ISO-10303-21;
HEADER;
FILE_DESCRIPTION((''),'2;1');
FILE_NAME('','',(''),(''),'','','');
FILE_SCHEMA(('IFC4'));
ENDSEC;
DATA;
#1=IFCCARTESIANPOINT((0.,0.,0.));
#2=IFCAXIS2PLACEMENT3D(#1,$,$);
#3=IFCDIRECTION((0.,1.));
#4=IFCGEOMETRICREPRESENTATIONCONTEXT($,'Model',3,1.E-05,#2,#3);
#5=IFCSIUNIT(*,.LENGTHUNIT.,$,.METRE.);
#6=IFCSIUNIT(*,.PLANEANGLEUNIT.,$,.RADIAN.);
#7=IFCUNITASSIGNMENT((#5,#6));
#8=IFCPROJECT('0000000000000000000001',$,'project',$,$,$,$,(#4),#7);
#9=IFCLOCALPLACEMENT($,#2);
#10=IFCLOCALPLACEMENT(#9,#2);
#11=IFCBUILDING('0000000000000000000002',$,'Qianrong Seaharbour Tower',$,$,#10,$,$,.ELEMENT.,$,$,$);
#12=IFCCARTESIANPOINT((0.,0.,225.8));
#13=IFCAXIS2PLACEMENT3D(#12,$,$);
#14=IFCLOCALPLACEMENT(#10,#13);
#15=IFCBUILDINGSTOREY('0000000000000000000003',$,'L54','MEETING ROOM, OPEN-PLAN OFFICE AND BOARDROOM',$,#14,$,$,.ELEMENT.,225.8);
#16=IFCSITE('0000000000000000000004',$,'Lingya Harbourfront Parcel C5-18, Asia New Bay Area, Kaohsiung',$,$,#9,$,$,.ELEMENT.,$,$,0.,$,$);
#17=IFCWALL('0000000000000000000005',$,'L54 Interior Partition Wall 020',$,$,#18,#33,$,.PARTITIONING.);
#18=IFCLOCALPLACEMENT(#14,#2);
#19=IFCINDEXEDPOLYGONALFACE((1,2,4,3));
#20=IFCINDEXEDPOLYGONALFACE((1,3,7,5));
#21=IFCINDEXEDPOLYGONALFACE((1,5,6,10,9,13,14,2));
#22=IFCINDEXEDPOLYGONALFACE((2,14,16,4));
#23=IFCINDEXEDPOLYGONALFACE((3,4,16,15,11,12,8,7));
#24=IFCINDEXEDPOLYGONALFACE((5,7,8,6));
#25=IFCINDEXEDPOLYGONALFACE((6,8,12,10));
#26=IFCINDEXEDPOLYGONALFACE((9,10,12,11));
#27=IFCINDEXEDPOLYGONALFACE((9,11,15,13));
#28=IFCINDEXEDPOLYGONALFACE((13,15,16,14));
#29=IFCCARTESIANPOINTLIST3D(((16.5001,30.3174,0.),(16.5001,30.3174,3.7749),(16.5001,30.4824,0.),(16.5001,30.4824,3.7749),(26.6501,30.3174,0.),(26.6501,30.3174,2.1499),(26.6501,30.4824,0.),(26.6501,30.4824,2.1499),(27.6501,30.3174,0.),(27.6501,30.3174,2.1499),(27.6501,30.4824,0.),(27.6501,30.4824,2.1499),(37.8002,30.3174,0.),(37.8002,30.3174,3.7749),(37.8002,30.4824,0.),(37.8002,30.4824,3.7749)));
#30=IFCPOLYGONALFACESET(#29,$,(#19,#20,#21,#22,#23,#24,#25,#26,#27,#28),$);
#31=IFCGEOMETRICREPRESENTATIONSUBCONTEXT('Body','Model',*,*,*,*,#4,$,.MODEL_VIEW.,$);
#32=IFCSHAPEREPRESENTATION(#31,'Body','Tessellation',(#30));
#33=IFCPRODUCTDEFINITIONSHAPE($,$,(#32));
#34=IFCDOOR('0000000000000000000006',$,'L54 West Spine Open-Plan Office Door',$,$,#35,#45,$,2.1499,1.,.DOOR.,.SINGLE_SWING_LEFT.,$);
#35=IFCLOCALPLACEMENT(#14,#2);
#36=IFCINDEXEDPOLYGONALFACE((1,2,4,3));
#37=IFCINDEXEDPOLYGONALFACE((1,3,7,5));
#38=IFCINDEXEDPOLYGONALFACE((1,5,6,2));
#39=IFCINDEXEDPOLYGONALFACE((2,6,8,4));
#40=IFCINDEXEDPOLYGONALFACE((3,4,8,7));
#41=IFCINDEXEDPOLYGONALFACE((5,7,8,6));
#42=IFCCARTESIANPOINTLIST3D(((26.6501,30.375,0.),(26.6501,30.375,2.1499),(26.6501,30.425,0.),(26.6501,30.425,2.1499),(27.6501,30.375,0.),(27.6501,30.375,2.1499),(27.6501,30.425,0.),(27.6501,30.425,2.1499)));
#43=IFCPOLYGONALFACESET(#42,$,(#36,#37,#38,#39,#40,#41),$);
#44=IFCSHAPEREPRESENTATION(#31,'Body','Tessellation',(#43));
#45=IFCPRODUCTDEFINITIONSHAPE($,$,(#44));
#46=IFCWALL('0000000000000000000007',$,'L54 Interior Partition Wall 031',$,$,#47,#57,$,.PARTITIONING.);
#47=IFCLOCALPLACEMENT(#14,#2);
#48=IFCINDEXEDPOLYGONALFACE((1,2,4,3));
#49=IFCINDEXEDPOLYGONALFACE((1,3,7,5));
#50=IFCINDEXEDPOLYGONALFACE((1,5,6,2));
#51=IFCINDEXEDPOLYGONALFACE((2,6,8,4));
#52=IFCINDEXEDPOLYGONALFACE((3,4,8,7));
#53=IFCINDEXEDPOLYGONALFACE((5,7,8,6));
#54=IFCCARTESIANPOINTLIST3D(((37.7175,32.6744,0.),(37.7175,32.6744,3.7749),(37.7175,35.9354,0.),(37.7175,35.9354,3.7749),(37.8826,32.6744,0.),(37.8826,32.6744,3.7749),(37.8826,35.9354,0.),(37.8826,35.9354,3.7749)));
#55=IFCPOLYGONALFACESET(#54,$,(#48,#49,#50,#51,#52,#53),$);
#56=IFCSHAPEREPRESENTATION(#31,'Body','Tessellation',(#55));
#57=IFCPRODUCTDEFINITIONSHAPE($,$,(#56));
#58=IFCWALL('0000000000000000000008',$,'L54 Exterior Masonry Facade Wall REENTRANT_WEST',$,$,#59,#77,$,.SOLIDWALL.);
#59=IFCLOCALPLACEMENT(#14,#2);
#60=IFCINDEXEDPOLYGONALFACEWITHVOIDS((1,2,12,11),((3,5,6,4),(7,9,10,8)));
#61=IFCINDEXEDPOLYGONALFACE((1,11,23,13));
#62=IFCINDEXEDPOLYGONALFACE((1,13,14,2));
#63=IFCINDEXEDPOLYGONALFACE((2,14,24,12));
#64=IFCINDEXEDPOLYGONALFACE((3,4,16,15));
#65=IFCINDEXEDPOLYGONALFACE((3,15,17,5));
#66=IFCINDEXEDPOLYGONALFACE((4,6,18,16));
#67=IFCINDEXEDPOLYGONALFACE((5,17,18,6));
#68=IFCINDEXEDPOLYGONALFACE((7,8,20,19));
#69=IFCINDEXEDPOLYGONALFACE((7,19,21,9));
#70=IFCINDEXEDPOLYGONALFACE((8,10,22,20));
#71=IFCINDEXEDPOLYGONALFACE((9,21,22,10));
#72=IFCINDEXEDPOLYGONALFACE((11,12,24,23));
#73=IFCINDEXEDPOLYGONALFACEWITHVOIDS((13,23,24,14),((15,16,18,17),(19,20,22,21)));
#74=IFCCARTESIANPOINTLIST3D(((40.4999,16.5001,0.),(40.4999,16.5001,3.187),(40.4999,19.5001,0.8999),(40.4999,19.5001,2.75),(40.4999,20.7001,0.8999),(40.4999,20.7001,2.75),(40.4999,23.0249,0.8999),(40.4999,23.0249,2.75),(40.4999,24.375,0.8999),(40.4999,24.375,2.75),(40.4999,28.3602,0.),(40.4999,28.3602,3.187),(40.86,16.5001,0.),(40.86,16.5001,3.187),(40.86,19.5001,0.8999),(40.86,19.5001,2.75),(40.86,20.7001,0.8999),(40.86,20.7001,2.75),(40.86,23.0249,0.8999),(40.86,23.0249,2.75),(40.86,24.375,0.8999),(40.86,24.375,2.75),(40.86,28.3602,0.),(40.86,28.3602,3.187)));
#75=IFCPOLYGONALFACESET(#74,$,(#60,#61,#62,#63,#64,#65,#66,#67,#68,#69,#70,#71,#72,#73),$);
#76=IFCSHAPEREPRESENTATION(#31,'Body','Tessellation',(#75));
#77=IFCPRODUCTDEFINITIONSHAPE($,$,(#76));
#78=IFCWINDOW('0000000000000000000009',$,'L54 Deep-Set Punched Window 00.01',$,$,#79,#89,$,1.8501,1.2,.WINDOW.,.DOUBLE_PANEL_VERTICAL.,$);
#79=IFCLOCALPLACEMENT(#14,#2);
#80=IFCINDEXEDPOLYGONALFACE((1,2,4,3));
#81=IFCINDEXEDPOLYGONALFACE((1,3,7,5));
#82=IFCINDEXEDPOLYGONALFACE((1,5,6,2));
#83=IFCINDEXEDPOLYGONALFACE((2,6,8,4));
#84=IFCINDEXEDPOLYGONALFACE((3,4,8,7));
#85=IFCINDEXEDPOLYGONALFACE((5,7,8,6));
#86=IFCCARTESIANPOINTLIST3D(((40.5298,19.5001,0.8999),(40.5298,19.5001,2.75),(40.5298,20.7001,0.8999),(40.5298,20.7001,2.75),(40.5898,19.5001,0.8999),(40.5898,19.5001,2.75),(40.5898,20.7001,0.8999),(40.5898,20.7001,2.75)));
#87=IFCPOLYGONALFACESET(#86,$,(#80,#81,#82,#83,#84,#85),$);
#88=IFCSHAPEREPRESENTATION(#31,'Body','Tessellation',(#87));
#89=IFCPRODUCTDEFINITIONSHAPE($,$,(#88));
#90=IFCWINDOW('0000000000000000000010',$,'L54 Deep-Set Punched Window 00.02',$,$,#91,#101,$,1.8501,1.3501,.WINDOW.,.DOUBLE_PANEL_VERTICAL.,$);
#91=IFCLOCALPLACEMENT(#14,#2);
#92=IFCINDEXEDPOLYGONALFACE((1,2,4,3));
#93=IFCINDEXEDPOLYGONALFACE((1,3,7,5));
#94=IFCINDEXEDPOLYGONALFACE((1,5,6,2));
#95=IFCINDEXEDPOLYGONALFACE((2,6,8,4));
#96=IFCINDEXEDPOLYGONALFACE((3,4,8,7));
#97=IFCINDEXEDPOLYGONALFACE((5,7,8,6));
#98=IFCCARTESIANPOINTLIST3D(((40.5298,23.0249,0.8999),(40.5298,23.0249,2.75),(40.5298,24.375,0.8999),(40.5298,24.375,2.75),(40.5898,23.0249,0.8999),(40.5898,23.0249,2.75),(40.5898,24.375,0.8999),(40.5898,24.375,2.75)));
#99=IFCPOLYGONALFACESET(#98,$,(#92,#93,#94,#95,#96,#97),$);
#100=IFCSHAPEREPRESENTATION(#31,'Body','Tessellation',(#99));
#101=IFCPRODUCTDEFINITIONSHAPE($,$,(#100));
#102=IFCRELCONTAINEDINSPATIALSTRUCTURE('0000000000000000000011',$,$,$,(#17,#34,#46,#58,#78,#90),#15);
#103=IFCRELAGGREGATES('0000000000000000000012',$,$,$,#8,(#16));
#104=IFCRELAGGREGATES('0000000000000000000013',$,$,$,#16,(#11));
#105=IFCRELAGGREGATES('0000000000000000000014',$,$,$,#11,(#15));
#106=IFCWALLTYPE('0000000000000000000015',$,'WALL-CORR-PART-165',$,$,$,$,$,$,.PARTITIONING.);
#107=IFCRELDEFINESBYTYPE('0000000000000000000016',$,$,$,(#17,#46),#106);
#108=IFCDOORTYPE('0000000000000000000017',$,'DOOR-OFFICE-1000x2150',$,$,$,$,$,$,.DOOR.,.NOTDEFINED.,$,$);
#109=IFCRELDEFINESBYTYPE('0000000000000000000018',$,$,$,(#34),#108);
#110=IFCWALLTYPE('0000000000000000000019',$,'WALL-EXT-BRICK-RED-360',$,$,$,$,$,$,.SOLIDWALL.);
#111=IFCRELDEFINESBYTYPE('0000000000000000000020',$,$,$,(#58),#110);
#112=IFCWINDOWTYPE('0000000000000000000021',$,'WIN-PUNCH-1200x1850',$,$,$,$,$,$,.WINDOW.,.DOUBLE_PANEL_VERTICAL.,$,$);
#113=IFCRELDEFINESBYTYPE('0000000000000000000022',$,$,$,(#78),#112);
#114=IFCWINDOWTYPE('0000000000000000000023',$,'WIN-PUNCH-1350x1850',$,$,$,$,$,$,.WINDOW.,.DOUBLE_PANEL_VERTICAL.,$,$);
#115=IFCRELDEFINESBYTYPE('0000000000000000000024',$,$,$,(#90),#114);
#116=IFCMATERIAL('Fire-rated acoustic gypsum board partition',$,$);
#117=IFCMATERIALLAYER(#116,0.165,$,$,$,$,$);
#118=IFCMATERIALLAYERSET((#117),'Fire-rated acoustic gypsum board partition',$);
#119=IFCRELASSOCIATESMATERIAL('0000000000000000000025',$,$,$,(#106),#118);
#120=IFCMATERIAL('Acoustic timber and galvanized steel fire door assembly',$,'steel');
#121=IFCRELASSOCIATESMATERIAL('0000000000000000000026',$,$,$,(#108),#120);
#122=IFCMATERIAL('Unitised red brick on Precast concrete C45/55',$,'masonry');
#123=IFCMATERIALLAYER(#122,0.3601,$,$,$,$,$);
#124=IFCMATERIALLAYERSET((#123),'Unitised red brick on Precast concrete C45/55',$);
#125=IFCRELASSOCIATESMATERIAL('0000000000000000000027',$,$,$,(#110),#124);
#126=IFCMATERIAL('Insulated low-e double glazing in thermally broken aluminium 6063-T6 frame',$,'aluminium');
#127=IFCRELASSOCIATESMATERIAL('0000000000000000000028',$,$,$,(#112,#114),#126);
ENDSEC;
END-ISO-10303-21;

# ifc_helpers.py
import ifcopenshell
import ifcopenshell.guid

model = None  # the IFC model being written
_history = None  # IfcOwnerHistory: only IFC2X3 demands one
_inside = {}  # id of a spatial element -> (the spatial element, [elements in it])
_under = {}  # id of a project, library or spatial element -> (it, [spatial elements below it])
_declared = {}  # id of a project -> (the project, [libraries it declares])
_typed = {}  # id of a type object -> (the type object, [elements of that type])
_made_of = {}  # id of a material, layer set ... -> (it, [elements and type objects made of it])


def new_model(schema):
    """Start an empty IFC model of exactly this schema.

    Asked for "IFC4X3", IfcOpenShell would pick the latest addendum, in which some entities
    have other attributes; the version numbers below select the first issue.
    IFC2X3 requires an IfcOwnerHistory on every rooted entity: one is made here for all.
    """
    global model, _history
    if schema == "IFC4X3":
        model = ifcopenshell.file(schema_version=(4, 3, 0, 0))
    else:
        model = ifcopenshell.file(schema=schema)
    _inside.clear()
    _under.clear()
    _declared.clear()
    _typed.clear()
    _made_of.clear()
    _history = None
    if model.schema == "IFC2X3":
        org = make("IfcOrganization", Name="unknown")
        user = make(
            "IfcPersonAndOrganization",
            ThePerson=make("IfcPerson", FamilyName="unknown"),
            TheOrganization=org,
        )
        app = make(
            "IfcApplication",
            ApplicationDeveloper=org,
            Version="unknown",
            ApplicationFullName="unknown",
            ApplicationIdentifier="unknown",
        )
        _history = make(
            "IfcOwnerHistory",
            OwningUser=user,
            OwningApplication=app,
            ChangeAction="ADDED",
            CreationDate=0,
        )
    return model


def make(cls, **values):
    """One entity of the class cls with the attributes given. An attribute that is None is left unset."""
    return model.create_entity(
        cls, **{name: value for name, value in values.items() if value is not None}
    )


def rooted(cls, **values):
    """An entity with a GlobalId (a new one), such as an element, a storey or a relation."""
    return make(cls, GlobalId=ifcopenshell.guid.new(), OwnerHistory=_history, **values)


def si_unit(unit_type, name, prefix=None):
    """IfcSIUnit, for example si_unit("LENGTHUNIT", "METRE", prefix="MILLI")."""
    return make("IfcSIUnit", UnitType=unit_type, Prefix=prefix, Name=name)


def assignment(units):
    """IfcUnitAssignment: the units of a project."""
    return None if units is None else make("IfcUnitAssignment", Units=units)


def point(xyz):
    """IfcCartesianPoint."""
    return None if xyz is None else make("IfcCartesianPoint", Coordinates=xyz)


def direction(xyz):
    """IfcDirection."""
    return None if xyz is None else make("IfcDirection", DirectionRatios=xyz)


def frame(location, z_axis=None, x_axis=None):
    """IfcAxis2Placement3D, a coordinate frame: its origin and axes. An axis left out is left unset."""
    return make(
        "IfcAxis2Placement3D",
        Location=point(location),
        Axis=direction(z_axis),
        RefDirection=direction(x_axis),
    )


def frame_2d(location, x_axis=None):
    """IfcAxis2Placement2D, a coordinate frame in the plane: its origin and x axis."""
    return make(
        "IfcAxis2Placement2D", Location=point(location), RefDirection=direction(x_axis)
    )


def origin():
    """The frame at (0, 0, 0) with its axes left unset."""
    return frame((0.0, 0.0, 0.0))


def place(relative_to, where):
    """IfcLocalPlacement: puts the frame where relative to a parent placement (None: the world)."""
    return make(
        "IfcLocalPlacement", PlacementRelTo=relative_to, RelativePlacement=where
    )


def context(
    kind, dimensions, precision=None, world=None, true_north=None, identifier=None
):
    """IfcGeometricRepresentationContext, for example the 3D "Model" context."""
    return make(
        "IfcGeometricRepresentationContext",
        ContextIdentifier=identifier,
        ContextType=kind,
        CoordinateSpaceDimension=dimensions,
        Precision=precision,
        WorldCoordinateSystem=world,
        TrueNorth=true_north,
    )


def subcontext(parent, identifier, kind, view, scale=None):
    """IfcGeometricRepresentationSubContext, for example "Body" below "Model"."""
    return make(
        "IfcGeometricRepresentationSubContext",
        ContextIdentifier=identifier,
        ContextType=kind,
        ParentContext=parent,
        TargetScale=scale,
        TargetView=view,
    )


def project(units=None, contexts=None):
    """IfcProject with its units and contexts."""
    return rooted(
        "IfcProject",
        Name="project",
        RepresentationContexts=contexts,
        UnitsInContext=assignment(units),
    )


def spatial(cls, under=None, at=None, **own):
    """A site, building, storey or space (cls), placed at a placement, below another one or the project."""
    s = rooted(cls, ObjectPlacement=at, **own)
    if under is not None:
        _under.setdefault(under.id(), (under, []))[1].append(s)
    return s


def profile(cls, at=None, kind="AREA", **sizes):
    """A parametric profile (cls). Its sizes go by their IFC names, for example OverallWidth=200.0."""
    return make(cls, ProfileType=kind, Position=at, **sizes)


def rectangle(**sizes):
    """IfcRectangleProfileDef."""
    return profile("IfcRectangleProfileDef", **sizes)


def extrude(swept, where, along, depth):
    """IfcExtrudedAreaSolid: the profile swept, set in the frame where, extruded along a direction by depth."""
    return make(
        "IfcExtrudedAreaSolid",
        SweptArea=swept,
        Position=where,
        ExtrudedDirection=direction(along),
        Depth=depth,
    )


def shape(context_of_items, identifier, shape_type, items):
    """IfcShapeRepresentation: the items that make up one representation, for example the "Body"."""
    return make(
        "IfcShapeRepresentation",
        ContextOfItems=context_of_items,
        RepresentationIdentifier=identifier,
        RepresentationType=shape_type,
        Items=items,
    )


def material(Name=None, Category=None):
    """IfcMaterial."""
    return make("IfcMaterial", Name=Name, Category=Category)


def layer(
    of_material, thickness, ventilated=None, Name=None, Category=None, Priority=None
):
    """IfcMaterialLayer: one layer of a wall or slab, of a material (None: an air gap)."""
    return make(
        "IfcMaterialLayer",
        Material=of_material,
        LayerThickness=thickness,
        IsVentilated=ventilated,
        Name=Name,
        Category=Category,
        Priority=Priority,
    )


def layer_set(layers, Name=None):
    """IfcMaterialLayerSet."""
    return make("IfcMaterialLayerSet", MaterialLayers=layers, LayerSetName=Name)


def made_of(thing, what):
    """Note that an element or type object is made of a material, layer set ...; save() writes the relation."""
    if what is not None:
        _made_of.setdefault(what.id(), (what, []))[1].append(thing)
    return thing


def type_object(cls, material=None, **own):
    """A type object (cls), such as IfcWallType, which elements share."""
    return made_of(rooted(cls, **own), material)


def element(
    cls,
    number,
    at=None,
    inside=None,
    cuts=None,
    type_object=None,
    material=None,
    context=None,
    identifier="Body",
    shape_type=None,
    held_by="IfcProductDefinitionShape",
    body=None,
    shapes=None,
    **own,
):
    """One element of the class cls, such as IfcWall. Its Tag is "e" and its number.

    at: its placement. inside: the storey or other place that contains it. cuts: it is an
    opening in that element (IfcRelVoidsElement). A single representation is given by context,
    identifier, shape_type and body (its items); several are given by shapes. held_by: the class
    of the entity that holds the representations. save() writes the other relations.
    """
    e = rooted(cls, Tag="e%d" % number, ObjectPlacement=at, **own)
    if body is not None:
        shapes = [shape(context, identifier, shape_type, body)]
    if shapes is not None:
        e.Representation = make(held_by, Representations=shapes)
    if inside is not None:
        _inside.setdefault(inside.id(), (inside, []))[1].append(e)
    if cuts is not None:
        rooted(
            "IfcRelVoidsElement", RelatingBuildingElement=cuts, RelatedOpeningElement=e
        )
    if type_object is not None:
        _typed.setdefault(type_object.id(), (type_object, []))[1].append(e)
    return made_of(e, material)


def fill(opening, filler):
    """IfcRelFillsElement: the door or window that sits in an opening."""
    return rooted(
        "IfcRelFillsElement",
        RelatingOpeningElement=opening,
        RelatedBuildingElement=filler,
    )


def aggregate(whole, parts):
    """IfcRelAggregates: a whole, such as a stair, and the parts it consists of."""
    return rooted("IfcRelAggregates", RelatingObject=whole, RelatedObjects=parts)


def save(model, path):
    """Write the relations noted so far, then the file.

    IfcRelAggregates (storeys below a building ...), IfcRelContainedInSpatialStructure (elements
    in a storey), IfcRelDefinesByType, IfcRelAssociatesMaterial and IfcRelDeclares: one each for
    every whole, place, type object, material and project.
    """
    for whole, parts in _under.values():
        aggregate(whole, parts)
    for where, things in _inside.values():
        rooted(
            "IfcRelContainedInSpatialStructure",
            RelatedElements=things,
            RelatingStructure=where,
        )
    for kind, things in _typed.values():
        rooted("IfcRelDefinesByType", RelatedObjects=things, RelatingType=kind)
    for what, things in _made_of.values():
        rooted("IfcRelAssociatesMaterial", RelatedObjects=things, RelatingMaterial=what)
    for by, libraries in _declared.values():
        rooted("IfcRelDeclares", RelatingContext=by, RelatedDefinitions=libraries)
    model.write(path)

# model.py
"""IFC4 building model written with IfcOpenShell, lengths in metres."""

from ifc_helpers import new_model, si_unit, direction, frame, frame_2d, origin, place, context, subcontext, project, spatial, rectangle, extrude, material, layer, layer_set, type_object, element, fill, save


model = new_model("IFC4")

# Units and contexts
model_context = context("Model", 3, precision=1e-05, world=origin(), true_north=direction((0.0, 1.0)))
body_context = subcontext(model_context, "Body", "Model", "MODEL_VIEW")
ifc_project = project(units=[si_unit("LENGTHUNIT", "METRE"), si_unit("PLANEANGLEUNIT", "RADIAN")], contexts=[model_context])

# Site, building, storey
site_placement = place(None, origin())
site = spatial("IfcSite", under=ifc_project, at=site_placement, Name="Lingya Harbourfront Parcel C5-18, Asia New Bay Area, Kaohsiung", CompositionType="ELEMENT", RefElevation=0.0)
building_placement = place(site_placement, origin())
building = spatial("IfcBuilding", under=site, at=building_placement, Name="Qianrong Seaharbour Tower", CompositionType="ELEMENT")
storey_placement = place(building_placement, frame((0.0, 0.0, 225.8)))
storey = spatial("IfcBuildingStorey", under=building, at=storey_placement, Name="L54", Description="MEETING ROOM, OPEN-PLAN OFFICE AND BOARDROOM", CompositionType="ELEMENT", Elevation=225.8)

# Wall, opening, door
ifc_material_1 = material(Name="Fire-rated acoustic gypsum board partition")
ifc_layer_1 = layer(ifc_material_1, 0.165)
ifc_layer_set_1 = layer_set([ifc_layer_1], Name="Fire-rated acoustic gypsum board partition")
wall_type_1 = type_object("IfcWallType", Name="WALL-CORR-PART-165", PredefinedType="PARTITIONING", material=ifc_layer_set_1)
wall_1_placement = place(storey_placement, frame((37.8, 30.3999, 0.0), z_axis=(0.0, 0.0, 1.0), x_axis=(-1.0, 0.0, 0.0)))
wall_1 = element("IfcWall", 1, at=wall_1_placement, inside=storey, type_object=wall_type_1, Name="L54 Interior Partition Wall 020", PredefinedType="PARTITIONING", context=body_context, shape_type="SweptSolid", body=[
    extrude(rectangle(XDim=21.3, YDim=0.165, at=frame_2d((10.6499, 0.0))), origin(), (0.0, 0.0, 1.0), 3.7749),
])
opening_1_placement = place(wall_1_placement, frame((10.1499, 0.0, 0.0)))
opening_1 = element("IfcOpeningElement", 2, at=opening_1_placement, cuts=wall_1, PredefinedType="OPENING", context=body_context, shape_type="SweptSolid", body=[
    extrude(rectangle(XDim=1.0, YDim=2.1499, at=frame_2d((0.5, 1.075))), frame((0.0, 0.0925, 0.0), z_axis=(0.0, -1.0, 0.0), x_axis=(1.0, 0.0, 0.0)), (0.0, 0.0, 1.0), 0.1851),
])
ifc_material_2 = material(Name="Acoustic timber and galvanized steel fire door assembly", Category="steel")
door_type = type_object("IfcDoorType", Name="DOOR-OFFICE-1000x2150", OperationType="NOTDEFINED", PredefinedType="DOOR", material=ifc_material_2)
door_placement = place(opening_1_placement, origin())
door = element("IfcDoor", 3, at=door_placement, inside=storey, type_object=door_type, Name="L54 West Spine Open-Plan Office Door", OperationType="SINGLE_SWING_LEFT", OverallHeight=2.1499, OverallWidth=1.0, PredefinedType="DOOR", context=body_context, shape_type="SweptSolid", body=[
    extrude(rectangle(XDim=1.0, YDim=2.1499, at=frame_2d((0.5, 1.075))), frame((0.0, 0.0249, 0.0), z_axis=(0.0, -1.0, 0.0), x_axis=(1.0, 0.0, 0.0)), (0.0, 0.0, 1.0), 0.05),
])
fill(opening_1, door)

# Wall
wall_2_placement = place(storey_placement, frame((37.8, 32.6746, 0.0), z_axis=(0.0, 0.0, 1.0), x_axis=(0.0, 1.0, 0.0)))
element("IfcWall", 4, at=wall_2_placement, inside=storey, type_object=wall_type_1, Name="L54 Interior Partition Wall 031", PredefinedType="PARTITIONING", context=body_context, shape_type="SweptSolid", body=[
    extrude(rectangle(XDim=3.261, YDim=0.165, at=frame_2d((1.6304, 0.0))), origin(), (0.0, 0.0, 1.0), 3.7749),
])

# Wall, openings, windows
ifc_material_3 = material(Name="Unitised red brick on Precast concrete C45/55", Category="masonry")
ifc_layer_2 = layer(ifc_material_3, 0.3601)
ifc_layer_set_2 = layer_set([ifc_layer_2], Name="Unitised red brick on Precast concrete C45/55")
wall_type_2 = type_object("IfcWallType", Name="WALL-EXT-BRICK-RED-360", PredefinedType="SOLIDWALL", material=ifc_layer_set_2)
wall_3_placement = place(storey_placement, frame((40.6799, 16.5, 0.0), z_axis=(0.0, 0.0, 1.0), x_axis=(0.0, 1.0, 0.0)))
wall_3 = element("IfcWall", 5, at=wall_3_placement, inside=storey, type_object=wall_type_2, Name="L54 Exterior Masonry Facade Wall REENTRANT_WEST", PredefinedType="SOLIDWALL", context=body_context, shape_type="SweptSolid", body=[
    extrude(rectangle(XDim=11.8601, YDim=0.3601, at=frame_2d((5.9302, 0.0))), origin(), (0.0, 0.0, 1.0), 3.187),
])
opening_2_placement = place(wall_3_placement, frame((3.0, 0.0, 0.8999)))
opening_2 = element("IfcOpeningElement", 6, at=opening_2_placement, cuts=wall_3, PredefinedType="OPENING", context=body_context, shape_type="SweptSolid", body=[
    extrude(rectangle(XDim=1.2, YDim=1.8501, at=frame_2d((0.6001, 0.925))), frame((0.0, 0.1899, 0.0), z_axis=(0.0, -1.0, 0.0), x_axis=(1.0, 0.0, 0.0)), (0.0, 0.0, 1.0), 0.3801),
])
opening_3_placement = place(wall_3_placement, frame((6.5249, 0.0, 0.8999)))
opening_3 = element("IfcOpeningElement", 7, at=opening_3_placement, cuts=wall_3, PredefinedType="OPENING", context=body_context, shape_type="SweptSolid", body=[
    extrude(rectangle(XDim=1.3501, YDim=1.8501, at=frame_2d((0.675, 0.925))), frame((0.0, 0.1899, 0.0), z_axis=(0.0, -1.0, 0.0), x_axis=(1.0, 0.0, 0.0)), (0.0, 0.0, 1.0), 0.3801),
])
ifc_material_4 = material(Name="Insulated low-e double glazing in thermally broken aluminium 6063-T6 frame", Category="aluminium")
window_type_1 = type_object("IfcWindowType", Name="WIN-PUNCH-1200x1850", PartitioningType="DOUBLE_PANEL_VERTICAL", PredefinedType="WINDOW", material=ifc_material_4)
window_1_placement = place(opening_2_placement, origin())
window_1 = element("IfcWindow", 8, at=window_1_placement, inside=storey, type_object=window_type_1, Name="L54 Deep-Set Punched Window 00.01", OverallHeight=1.8501, OverallWidth=1.2, PartitioningType="DOUBLE_PANEL_VERTICAL", PredefinedType="WINDOW", context=body_context, shape_type="SweptSolid", body=[
    extrude(rectangle(XDim=1.2, YDim=1.8501, at=frame_2d((0.6001, 0.925))), frame((0.0, 0.1501, 0.0), z_axis=(0.0, -1.0, 0.0), x_axis=(1.0, 0.0, 0.0)), (0.0, 0.0, 1.0), 0.0601),
])
fill(opening_2, window_1)
window_type_2 = type_object("IfcWindowType", Name="WIN-PUNCH-1350x1850", PartitioningType="DOUBLE_PANEL_VERTICAL", PredefinedType="WINDOW", material=ifc_material_4)
window_2_placement = place(opening_3_placement, origin())
window_2 = element("IfcWindow", 9, at=window_2_placement, inside=storey, type_object=window_type_2, Name="L54 Deep-Set Punched Window 00.02", OverallHeight=1.8501, OverallWidth=1.3501, PartitioningType="DOUBLE_PANEL_VERTICAL", PredefinedType="WINDOW", context=body_context, shape_type="SweptSolid", body=[
    extrude(rectangle(XDim=1.3501, YDim=1.8501, at=frame_2d((0.675, 0.925))), frame((0.0, 0.1501, 0.0), z_axis=(0.0, -1.0, 0.0), x_axis=(1.0, 0.0, 0.0)), (0.0, 0.0, 1.0), 0.0601),
])
fill(opening_3, window_2)

save(model, "model.ifc")
